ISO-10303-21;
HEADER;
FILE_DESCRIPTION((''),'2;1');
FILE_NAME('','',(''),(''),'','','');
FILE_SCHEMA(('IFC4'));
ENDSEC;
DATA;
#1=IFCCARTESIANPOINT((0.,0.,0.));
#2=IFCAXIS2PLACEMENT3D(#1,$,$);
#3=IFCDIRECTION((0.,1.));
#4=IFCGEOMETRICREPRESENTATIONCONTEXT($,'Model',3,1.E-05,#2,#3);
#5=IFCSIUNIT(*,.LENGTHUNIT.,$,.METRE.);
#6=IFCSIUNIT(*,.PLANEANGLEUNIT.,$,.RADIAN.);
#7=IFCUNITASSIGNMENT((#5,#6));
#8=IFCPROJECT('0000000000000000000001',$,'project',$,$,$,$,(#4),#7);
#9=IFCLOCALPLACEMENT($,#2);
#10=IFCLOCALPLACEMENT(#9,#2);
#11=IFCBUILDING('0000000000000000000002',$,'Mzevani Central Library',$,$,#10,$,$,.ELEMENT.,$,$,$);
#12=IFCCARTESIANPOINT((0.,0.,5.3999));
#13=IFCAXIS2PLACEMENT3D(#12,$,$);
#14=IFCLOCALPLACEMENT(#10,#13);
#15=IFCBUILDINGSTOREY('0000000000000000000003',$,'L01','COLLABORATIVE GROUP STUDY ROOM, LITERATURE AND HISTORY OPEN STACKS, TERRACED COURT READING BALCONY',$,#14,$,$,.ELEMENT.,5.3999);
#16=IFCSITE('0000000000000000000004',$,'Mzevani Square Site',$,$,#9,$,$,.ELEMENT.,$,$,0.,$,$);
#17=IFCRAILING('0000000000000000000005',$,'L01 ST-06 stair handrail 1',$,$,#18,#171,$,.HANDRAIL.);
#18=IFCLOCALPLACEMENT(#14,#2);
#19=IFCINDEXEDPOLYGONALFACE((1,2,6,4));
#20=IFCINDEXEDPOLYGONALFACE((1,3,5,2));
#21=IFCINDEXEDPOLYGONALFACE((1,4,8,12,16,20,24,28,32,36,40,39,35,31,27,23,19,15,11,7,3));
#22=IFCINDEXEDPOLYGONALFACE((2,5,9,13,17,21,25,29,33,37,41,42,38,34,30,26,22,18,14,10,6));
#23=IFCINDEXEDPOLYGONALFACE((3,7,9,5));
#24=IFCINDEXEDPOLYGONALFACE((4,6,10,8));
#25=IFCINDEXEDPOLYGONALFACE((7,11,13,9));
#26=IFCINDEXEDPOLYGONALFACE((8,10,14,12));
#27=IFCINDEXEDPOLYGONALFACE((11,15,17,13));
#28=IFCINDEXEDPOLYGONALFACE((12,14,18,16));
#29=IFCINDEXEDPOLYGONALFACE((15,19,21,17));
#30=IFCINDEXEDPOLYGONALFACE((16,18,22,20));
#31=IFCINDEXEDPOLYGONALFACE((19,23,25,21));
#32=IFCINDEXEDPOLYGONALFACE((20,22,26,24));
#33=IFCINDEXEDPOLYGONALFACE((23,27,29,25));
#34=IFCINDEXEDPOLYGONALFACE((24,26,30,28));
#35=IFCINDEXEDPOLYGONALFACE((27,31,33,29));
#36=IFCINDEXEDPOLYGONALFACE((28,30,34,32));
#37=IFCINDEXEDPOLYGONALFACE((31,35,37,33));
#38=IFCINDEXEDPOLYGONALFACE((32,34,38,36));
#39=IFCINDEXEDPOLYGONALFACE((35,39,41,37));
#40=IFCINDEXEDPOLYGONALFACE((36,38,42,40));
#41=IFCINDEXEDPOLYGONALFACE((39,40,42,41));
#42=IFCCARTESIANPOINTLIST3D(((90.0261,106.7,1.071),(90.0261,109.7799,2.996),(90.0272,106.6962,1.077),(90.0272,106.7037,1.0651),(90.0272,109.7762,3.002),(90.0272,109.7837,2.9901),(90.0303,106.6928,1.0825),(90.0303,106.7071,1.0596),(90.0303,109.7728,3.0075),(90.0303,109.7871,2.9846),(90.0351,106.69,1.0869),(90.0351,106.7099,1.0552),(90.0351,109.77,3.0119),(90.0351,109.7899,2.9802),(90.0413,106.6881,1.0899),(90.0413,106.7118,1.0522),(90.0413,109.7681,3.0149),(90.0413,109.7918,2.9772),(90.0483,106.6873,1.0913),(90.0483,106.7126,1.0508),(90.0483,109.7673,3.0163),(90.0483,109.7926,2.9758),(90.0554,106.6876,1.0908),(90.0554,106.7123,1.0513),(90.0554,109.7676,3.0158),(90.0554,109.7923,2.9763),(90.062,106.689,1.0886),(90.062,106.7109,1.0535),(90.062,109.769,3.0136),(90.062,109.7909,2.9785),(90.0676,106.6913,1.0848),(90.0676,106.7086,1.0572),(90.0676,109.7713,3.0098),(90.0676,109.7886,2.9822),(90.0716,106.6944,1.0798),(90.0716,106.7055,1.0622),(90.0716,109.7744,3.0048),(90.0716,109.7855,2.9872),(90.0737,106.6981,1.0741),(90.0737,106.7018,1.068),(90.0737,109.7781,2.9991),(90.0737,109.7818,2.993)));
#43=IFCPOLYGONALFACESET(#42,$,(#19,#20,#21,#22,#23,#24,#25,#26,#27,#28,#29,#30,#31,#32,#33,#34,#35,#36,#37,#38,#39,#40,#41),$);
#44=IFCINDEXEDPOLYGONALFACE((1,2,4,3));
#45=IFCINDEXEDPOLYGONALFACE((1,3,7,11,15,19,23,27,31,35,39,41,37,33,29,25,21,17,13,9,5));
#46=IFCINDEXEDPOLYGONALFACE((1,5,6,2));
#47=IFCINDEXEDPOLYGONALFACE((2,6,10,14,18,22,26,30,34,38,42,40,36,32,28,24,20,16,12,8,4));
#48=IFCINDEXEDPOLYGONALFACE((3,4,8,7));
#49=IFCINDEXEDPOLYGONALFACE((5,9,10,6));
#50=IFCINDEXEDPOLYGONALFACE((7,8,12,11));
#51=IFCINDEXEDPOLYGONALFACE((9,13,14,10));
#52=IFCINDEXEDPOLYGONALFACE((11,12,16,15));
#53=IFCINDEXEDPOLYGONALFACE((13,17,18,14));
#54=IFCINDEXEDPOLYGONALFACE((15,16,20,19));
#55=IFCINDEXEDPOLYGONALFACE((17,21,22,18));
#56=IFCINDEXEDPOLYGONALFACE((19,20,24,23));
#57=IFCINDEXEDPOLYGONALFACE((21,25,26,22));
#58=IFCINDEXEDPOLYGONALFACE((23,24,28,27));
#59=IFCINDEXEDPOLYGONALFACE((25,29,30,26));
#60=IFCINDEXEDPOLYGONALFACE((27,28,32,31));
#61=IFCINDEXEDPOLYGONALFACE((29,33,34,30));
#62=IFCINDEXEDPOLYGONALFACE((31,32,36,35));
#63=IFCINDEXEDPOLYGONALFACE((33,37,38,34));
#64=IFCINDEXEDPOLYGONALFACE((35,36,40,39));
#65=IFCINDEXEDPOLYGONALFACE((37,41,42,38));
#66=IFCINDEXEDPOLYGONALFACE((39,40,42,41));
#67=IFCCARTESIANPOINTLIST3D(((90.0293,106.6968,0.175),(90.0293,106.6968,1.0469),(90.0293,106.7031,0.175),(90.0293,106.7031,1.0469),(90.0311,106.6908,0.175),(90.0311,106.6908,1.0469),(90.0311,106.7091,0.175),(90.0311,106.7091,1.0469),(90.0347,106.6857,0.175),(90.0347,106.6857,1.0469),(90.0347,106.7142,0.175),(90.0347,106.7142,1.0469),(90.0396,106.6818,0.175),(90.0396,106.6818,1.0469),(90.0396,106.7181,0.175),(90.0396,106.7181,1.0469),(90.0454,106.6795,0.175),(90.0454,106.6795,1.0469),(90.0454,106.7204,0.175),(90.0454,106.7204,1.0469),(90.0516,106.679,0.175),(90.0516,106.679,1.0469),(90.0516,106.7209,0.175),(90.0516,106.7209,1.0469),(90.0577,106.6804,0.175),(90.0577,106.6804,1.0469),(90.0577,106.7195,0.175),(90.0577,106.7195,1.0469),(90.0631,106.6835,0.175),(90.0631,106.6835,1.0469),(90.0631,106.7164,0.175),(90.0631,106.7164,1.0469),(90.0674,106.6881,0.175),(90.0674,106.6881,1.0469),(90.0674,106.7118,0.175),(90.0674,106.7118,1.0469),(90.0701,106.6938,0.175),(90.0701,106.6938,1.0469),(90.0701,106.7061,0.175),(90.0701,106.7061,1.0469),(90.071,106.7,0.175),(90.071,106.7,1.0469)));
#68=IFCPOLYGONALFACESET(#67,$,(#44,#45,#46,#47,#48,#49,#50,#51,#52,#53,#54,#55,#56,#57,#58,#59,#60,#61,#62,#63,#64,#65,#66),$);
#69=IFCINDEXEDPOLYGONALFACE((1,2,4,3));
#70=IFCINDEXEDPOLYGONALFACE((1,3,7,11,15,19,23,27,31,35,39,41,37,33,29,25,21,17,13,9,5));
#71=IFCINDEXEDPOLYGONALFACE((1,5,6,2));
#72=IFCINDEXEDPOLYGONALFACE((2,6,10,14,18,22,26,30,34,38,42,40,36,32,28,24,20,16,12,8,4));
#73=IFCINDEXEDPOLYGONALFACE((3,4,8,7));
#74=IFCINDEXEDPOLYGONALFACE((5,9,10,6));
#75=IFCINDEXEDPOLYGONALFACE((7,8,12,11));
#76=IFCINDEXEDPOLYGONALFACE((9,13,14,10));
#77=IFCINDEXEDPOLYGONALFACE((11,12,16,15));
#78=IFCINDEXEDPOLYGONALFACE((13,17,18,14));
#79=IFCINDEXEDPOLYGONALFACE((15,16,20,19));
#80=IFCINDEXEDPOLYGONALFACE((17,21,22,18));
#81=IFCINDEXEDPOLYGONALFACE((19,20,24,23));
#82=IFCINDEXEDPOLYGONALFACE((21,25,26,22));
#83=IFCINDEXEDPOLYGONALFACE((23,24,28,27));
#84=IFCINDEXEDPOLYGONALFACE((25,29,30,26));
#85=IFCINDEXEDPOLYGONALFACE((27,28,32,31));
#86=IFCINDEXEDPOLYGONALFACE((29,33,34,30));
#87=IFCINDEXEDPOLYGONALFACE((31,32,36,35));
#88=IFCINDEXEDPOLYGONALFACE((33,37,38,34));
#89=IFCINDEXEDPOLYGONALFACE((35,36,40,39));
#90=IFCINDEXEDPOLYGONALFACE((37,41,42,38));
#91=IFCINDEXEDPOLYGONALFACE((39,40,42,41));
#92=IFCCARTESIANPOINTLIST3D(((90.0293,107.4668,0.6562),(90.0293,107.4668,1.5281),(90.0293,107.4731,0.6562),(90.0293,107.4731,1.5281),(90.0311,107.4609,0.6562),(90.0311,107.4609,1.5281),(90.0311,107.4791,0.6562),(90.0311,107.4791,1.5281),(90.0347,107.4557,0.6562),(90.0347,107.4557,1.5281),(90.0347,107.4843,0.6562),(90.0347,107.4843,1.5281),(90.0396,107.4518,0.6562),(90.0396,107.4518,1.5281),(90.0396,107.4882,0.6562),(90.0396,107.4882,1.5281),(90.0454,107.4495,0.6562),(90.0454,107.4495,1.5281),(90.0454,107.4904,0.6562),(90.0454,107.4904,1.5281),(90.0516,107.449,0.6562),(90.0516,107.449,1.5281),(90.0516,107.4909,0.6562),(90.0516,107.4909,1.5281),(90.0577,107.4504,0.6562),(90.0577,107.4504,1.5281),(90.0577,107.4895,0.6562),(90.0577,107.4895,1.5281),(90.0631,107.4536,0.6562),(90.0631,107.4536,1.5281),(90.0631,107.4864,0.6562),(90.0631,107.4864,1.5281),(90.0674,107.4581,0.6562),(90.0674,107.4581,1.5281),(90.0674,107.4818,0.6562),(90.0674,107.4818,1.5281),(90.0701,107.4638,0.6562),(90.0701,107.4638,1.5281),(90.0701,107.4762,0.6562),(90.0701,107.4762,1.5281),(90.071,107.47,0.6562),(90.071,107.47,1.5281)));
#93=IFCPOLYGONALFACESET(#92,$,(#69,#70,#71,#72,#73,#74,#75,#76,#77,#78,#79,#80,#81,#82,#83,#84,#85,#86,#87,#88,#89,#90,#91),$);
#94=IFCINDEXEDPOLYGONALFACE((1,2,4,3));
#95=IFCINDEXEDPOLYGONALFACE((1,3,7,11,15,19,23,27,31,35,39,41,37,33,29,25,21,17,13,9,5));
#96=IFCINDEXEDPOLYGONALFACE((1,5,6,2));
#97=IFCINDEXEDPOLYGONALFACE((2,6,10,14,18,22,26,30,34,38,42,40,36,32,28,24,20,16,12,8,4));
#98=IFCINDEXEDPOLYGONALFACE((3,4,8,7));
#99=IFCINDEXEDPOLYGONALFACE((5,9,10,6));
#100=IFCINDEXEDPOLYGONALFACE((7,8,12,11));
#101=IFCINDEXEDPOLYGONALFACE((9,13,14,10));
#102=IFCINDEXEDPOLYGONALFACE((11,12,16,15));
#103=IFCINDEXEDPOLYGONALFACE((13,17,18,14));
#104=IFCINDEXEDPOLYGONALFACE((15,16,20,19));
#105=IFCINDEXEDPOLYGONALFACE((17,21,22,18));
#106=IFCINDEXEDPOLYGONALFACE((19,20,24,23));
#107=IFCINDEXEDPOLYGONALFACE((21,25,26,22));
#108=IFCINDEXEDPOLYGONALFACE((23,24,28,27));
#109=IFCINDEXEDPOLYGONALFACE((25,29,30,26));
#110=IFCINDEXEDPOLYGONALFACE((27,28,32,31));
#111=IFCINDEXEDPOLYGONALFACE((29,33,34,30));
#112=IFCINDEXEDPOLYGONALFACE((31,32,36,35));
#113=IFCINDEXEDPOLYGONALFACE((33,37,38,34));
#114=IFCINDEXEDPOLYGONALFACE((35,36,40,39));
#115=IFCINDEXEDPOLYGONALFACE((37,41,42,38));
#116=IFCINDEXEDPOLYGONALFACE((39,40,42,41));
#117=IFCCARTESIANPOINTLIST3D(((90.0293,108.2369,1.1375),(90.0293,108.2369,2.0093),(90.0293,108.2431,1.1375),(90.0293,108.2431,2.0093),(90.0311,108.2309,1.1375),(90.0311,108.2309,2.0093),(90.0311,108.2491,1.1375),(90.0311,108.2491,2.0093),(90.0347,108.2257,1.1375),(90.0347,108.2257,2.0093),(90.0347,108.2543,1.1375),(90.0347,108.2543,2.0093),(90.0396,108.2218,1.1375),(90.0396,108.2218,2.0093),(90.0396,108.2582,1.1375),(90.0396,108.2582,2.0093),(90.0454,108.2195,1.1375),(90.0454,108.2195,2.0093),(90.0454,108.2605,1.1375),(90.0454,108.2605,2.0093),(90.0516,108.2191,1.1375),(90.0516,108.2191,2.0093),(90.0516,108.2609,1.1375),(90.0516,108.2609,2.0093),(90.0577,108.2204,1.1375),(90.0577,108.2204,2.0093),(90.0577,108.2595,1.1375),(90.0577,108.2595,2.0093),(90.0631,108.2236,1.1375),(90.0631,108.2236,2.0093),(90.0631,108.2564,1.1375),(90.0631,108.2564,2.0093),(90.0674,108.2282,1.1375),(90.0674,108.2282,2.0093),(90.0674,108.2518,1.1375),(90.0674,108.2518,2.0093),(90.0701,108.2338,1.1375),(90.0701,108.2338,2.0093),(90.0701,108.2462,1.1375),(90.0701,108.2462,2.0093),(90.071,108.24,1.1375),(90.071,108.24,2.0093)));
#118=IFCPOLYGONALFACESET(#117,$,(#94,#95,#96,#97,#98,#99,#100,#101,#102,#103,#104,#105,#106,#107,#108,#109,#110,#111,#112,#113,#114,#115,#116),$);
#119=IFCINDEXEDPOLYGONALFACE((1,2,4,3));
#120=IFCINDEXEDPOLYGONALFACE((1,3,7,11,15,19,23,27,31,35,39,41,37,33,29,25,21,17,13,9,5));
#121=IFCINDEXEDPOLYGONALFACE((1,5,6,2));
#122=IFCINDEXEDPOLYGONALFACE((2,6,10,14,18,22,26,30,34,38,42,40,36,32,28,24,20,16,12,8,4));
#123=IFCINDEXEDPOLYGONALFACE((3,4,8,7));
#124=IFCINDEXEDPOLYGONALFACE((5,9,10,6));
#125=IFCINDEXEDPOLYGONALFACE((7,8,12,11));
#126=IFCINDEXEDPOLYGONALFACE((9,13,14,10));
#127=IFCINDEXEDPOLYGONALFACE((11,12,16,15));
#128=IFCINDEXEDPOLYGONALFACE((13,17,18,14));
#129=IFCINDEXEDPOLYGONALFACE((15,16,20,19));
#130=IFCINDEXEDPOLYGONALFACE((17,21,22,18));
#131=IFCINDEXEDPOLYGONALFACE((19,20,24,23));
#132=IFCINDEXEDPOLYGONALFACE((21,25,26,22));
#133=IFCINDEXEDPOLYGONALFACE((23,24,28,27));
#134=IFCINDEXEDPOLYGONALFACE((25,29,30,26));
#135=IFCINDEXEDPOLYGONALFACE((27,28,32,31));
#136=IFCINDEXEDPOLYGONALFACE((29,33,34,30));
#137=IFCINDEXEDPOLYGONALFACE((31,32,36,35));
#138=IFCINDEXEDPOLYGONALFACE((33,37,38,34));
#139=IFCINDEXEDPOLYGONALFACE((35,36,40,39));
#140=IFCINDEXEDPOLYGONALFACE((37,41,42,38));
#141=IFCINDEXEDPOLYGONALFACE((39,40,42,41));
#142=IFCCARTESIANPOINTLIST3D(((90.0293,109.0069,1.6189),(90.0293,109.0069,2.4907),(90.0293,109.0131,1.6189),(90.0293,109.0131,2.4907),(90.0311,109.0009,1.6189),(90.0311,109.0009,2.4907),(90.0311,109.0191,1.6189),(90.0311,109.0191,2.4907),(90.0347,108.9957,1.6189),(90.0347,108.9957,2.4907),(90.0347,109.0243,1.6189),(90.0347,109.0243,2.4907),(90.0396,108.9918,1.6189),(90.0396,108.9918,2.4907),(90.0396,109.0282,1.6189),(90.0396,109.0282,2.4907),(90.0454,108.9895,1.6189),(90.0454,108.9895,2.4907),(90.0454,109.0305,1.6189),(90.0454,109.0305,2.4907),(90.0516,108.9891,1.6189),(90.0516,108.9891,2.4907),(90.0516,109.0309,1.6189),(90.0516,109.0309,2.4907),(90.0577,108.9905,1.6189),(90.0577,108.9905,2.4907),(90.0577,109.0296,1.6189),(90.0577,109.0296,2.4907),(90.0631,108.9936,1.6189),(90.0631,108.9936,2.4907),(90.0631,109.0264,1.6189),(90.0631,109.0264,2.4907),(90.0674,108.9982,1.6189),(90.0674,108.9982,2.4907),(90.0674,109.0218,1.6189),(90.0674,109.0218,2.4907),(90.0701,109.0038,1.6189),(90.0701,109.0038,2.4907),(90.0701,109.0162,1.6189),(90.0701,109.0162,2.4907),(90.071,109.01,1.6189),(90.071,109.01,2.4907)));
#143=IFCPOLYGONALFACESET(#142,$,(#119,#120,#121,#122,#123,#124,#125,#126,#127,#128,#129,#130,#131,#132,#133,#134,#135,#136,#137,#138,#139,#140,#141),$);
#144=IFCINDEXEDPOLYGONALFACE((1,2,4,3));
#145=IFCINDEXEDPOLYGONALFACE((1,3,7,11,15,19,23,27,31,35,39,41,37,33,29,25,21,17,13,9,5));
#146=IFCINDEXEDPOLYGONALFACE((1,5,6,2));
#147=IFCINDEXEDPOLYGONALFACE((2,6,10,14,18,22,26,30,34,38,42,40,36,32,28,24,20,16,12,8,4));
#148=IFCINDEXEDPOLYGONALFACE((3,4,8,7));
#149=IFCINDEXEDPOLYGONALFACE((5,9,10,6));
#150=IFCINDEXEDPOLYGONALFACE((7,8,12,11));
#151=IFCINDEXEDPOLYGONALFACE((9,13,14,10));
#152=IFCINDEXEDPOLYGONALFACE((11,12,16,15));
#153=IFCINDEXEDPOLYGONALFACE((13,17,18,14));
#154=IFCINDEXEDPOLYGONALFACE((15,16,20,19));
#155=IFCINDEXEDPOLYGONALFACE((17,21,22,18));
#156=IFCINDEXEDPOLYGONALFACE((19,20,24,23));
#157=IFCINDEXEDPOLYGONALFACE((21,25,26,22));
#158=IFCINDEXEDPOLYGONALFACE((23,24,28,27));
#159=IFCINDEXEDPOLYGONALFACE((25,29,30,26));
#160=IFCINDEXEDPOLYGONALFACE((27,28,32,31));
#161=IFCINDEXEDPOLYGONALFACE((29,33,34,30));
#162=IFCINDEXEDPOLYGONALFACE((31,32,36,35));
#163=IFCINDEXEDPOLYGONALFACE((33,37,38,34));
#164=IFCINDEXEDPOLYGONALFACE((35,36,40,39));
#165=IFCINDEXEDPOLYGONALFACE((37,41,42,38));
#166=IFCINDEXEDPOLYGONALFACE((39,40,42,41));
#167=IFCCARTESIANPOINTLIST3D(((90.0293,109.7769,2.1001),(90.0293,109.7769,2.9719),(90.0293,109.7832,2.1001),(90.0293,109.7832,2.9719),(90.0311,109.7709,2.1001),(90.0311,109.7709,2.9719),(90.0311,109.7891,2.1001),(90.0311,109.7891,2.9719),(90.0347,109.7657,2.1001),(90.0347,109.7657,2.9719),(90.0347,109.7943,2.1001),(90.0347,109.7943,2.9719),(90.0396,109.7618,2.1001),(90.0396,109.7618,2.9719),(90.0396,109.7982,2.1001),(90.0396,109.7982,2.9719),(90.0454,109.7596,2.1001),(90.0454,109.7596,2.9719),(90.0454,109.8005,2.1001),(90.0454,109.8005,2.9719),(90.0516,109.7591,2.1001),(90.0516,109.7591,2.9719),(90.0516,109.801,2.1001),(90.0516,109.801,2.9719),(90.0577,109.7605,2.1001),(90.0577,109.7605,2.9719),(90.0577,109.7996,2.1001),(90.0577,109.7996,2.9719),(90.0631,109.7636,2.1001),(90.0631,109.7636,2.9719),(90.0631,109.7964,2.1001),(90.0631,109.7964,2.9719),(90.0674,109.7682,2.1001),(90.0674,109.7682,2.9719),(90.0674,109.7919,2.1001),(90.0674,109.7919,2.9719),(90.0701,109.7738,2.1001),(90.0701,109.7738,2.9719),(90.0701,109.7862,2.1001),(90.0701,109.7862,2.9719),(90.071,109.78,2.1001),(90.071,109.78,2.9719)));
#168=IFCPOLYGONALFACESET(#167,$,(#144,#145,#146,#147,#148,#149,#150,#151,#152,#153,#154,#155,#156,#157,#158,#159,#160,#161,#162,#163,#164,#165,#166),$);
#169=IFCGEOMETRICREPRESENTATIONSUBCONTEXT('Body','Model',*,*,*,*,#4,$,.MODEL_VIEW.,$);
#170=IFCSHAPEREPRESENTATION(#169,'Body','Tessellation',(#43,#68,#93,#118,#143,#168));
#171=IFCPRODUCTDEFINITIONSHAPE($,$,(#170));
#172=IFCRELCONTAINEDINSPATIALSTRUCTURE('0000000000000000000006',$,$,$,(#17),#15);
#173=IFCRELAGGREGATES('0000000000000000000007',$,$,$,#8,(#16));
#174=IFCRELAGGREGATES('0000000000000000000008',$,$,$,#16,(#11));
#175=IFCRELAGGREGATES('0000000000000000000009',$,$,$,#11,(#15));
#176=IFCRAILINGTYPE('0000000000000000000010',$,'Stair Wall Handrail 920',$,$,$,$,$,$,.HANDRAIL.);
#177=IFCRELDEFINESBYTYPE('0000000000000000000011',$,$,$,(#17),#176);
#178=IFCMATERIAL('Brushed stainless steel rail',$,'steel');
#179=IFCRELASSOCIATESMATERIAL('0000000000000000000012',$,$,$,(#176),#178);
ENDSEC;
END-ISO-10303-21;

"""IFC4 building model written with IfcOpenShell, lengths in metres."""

from ifc_helpers import new_model, si_unit, direction, frame, origin, origin_2d, place, context, subcontext, project, spatial, circle, extrude, material, type_object, element, save


model = new_model("IFC4")

# Units and contexts
model_context = context("Model", 3, precision=1e-05, world=origin(), true_north=direction((0.0, 1.0)))
body_context = subcontext(model_context, "Body", "Model", "MODEL_VIEW")
ifc_project = project(units=[si_unit("LENGTHUNIT", "METRE"), si_unit("PLANEANGLEUNIT", "RADIAN")], contexts=[model_context])

# Site, building, storey
site_placement = place(None, origin())
site = spatial("IfcSite", under=ifc_project, at=site_placement, Name="Mzevani Square Site", CompositionType="ELEMENT", RefElevation=0.0)
building_placement = place(site_placement, origin())
building = spatial("IfcBuilding", under=site, at=building_placement, Name="Mzevani Central Library", CompositionType="ELEMENT")
storey_placement = place(building_placement, frame((0.0, 0.0, 5.3999)))
storey = spatial("IfcBuildingStorey", under=building, at=storey_placement, Name="L01", Description="COLLABORATIVE GROUP STUDY ROOM, LITERATURE AND HISTORY OPEN STACKS, TERRACED COURT READING BALCONY", CompositionType="ELEMENT", Elevation=5.3999)

# Shared definitions
ifc_material_1 = material(Name="Brushed stainless steel rail", Category="steel")

# Railing
railing_type_1 = type_object("IfcRailingType", Name="Stair Wall Handrail 920", PredefinedType="HANDRAIL", material=ifc_material_1)
railing_1_placement = place(storey_placement, frame((90.05, 106.7, 0.175)))
element("IfcRailing", 1, at=railing_1_placement, inside=storey, type_object=railing_type_1, Name="L01 ST-06 stair handrail 1", PredefinedType="HANDRAIL", context=body_context, shape_type="SweptSolid", body=[
    extrude(circle(Radius=0.0239, at=origin_2d()), frame((0.0, 0.0, 0.896), z_axis=(0.0, 0.847998, 0.529999), x_axis=(-1.0, 0.0, 0.0)), (0.0, 0.0, 1.0), 3.6321),
    extrude(circle(Radius=0.021, at=origin_2d()), origin(), (0.0, 0.0, 1.0), 0.8718),
    extrude(circle(Radius=0.021, at=origin_2d()), frame((0.0, 0.77, 0.4812)), (0.0, 0.0, 1.0), 0.8718),
    extrude(circle(Radius=0.021, at=origin_2d()), frame((0.0, 1.54, 0.9624)), (0.0, 0.0, 1.0), 0.8718),
    extrude(circle(Radius=0.021, at=origin_2d()), frame((0.0, 2.3101, 1.4438)), (0.0, 0.0, 1.0), 0.8718),
    extrude(circle(Radius=0.021, at=origin_2d()), frame((0.0, 3.0801, 1.925)), (0.0, 0.0, 1.0), 0.8718),
])

save(model, "model.ifc")
